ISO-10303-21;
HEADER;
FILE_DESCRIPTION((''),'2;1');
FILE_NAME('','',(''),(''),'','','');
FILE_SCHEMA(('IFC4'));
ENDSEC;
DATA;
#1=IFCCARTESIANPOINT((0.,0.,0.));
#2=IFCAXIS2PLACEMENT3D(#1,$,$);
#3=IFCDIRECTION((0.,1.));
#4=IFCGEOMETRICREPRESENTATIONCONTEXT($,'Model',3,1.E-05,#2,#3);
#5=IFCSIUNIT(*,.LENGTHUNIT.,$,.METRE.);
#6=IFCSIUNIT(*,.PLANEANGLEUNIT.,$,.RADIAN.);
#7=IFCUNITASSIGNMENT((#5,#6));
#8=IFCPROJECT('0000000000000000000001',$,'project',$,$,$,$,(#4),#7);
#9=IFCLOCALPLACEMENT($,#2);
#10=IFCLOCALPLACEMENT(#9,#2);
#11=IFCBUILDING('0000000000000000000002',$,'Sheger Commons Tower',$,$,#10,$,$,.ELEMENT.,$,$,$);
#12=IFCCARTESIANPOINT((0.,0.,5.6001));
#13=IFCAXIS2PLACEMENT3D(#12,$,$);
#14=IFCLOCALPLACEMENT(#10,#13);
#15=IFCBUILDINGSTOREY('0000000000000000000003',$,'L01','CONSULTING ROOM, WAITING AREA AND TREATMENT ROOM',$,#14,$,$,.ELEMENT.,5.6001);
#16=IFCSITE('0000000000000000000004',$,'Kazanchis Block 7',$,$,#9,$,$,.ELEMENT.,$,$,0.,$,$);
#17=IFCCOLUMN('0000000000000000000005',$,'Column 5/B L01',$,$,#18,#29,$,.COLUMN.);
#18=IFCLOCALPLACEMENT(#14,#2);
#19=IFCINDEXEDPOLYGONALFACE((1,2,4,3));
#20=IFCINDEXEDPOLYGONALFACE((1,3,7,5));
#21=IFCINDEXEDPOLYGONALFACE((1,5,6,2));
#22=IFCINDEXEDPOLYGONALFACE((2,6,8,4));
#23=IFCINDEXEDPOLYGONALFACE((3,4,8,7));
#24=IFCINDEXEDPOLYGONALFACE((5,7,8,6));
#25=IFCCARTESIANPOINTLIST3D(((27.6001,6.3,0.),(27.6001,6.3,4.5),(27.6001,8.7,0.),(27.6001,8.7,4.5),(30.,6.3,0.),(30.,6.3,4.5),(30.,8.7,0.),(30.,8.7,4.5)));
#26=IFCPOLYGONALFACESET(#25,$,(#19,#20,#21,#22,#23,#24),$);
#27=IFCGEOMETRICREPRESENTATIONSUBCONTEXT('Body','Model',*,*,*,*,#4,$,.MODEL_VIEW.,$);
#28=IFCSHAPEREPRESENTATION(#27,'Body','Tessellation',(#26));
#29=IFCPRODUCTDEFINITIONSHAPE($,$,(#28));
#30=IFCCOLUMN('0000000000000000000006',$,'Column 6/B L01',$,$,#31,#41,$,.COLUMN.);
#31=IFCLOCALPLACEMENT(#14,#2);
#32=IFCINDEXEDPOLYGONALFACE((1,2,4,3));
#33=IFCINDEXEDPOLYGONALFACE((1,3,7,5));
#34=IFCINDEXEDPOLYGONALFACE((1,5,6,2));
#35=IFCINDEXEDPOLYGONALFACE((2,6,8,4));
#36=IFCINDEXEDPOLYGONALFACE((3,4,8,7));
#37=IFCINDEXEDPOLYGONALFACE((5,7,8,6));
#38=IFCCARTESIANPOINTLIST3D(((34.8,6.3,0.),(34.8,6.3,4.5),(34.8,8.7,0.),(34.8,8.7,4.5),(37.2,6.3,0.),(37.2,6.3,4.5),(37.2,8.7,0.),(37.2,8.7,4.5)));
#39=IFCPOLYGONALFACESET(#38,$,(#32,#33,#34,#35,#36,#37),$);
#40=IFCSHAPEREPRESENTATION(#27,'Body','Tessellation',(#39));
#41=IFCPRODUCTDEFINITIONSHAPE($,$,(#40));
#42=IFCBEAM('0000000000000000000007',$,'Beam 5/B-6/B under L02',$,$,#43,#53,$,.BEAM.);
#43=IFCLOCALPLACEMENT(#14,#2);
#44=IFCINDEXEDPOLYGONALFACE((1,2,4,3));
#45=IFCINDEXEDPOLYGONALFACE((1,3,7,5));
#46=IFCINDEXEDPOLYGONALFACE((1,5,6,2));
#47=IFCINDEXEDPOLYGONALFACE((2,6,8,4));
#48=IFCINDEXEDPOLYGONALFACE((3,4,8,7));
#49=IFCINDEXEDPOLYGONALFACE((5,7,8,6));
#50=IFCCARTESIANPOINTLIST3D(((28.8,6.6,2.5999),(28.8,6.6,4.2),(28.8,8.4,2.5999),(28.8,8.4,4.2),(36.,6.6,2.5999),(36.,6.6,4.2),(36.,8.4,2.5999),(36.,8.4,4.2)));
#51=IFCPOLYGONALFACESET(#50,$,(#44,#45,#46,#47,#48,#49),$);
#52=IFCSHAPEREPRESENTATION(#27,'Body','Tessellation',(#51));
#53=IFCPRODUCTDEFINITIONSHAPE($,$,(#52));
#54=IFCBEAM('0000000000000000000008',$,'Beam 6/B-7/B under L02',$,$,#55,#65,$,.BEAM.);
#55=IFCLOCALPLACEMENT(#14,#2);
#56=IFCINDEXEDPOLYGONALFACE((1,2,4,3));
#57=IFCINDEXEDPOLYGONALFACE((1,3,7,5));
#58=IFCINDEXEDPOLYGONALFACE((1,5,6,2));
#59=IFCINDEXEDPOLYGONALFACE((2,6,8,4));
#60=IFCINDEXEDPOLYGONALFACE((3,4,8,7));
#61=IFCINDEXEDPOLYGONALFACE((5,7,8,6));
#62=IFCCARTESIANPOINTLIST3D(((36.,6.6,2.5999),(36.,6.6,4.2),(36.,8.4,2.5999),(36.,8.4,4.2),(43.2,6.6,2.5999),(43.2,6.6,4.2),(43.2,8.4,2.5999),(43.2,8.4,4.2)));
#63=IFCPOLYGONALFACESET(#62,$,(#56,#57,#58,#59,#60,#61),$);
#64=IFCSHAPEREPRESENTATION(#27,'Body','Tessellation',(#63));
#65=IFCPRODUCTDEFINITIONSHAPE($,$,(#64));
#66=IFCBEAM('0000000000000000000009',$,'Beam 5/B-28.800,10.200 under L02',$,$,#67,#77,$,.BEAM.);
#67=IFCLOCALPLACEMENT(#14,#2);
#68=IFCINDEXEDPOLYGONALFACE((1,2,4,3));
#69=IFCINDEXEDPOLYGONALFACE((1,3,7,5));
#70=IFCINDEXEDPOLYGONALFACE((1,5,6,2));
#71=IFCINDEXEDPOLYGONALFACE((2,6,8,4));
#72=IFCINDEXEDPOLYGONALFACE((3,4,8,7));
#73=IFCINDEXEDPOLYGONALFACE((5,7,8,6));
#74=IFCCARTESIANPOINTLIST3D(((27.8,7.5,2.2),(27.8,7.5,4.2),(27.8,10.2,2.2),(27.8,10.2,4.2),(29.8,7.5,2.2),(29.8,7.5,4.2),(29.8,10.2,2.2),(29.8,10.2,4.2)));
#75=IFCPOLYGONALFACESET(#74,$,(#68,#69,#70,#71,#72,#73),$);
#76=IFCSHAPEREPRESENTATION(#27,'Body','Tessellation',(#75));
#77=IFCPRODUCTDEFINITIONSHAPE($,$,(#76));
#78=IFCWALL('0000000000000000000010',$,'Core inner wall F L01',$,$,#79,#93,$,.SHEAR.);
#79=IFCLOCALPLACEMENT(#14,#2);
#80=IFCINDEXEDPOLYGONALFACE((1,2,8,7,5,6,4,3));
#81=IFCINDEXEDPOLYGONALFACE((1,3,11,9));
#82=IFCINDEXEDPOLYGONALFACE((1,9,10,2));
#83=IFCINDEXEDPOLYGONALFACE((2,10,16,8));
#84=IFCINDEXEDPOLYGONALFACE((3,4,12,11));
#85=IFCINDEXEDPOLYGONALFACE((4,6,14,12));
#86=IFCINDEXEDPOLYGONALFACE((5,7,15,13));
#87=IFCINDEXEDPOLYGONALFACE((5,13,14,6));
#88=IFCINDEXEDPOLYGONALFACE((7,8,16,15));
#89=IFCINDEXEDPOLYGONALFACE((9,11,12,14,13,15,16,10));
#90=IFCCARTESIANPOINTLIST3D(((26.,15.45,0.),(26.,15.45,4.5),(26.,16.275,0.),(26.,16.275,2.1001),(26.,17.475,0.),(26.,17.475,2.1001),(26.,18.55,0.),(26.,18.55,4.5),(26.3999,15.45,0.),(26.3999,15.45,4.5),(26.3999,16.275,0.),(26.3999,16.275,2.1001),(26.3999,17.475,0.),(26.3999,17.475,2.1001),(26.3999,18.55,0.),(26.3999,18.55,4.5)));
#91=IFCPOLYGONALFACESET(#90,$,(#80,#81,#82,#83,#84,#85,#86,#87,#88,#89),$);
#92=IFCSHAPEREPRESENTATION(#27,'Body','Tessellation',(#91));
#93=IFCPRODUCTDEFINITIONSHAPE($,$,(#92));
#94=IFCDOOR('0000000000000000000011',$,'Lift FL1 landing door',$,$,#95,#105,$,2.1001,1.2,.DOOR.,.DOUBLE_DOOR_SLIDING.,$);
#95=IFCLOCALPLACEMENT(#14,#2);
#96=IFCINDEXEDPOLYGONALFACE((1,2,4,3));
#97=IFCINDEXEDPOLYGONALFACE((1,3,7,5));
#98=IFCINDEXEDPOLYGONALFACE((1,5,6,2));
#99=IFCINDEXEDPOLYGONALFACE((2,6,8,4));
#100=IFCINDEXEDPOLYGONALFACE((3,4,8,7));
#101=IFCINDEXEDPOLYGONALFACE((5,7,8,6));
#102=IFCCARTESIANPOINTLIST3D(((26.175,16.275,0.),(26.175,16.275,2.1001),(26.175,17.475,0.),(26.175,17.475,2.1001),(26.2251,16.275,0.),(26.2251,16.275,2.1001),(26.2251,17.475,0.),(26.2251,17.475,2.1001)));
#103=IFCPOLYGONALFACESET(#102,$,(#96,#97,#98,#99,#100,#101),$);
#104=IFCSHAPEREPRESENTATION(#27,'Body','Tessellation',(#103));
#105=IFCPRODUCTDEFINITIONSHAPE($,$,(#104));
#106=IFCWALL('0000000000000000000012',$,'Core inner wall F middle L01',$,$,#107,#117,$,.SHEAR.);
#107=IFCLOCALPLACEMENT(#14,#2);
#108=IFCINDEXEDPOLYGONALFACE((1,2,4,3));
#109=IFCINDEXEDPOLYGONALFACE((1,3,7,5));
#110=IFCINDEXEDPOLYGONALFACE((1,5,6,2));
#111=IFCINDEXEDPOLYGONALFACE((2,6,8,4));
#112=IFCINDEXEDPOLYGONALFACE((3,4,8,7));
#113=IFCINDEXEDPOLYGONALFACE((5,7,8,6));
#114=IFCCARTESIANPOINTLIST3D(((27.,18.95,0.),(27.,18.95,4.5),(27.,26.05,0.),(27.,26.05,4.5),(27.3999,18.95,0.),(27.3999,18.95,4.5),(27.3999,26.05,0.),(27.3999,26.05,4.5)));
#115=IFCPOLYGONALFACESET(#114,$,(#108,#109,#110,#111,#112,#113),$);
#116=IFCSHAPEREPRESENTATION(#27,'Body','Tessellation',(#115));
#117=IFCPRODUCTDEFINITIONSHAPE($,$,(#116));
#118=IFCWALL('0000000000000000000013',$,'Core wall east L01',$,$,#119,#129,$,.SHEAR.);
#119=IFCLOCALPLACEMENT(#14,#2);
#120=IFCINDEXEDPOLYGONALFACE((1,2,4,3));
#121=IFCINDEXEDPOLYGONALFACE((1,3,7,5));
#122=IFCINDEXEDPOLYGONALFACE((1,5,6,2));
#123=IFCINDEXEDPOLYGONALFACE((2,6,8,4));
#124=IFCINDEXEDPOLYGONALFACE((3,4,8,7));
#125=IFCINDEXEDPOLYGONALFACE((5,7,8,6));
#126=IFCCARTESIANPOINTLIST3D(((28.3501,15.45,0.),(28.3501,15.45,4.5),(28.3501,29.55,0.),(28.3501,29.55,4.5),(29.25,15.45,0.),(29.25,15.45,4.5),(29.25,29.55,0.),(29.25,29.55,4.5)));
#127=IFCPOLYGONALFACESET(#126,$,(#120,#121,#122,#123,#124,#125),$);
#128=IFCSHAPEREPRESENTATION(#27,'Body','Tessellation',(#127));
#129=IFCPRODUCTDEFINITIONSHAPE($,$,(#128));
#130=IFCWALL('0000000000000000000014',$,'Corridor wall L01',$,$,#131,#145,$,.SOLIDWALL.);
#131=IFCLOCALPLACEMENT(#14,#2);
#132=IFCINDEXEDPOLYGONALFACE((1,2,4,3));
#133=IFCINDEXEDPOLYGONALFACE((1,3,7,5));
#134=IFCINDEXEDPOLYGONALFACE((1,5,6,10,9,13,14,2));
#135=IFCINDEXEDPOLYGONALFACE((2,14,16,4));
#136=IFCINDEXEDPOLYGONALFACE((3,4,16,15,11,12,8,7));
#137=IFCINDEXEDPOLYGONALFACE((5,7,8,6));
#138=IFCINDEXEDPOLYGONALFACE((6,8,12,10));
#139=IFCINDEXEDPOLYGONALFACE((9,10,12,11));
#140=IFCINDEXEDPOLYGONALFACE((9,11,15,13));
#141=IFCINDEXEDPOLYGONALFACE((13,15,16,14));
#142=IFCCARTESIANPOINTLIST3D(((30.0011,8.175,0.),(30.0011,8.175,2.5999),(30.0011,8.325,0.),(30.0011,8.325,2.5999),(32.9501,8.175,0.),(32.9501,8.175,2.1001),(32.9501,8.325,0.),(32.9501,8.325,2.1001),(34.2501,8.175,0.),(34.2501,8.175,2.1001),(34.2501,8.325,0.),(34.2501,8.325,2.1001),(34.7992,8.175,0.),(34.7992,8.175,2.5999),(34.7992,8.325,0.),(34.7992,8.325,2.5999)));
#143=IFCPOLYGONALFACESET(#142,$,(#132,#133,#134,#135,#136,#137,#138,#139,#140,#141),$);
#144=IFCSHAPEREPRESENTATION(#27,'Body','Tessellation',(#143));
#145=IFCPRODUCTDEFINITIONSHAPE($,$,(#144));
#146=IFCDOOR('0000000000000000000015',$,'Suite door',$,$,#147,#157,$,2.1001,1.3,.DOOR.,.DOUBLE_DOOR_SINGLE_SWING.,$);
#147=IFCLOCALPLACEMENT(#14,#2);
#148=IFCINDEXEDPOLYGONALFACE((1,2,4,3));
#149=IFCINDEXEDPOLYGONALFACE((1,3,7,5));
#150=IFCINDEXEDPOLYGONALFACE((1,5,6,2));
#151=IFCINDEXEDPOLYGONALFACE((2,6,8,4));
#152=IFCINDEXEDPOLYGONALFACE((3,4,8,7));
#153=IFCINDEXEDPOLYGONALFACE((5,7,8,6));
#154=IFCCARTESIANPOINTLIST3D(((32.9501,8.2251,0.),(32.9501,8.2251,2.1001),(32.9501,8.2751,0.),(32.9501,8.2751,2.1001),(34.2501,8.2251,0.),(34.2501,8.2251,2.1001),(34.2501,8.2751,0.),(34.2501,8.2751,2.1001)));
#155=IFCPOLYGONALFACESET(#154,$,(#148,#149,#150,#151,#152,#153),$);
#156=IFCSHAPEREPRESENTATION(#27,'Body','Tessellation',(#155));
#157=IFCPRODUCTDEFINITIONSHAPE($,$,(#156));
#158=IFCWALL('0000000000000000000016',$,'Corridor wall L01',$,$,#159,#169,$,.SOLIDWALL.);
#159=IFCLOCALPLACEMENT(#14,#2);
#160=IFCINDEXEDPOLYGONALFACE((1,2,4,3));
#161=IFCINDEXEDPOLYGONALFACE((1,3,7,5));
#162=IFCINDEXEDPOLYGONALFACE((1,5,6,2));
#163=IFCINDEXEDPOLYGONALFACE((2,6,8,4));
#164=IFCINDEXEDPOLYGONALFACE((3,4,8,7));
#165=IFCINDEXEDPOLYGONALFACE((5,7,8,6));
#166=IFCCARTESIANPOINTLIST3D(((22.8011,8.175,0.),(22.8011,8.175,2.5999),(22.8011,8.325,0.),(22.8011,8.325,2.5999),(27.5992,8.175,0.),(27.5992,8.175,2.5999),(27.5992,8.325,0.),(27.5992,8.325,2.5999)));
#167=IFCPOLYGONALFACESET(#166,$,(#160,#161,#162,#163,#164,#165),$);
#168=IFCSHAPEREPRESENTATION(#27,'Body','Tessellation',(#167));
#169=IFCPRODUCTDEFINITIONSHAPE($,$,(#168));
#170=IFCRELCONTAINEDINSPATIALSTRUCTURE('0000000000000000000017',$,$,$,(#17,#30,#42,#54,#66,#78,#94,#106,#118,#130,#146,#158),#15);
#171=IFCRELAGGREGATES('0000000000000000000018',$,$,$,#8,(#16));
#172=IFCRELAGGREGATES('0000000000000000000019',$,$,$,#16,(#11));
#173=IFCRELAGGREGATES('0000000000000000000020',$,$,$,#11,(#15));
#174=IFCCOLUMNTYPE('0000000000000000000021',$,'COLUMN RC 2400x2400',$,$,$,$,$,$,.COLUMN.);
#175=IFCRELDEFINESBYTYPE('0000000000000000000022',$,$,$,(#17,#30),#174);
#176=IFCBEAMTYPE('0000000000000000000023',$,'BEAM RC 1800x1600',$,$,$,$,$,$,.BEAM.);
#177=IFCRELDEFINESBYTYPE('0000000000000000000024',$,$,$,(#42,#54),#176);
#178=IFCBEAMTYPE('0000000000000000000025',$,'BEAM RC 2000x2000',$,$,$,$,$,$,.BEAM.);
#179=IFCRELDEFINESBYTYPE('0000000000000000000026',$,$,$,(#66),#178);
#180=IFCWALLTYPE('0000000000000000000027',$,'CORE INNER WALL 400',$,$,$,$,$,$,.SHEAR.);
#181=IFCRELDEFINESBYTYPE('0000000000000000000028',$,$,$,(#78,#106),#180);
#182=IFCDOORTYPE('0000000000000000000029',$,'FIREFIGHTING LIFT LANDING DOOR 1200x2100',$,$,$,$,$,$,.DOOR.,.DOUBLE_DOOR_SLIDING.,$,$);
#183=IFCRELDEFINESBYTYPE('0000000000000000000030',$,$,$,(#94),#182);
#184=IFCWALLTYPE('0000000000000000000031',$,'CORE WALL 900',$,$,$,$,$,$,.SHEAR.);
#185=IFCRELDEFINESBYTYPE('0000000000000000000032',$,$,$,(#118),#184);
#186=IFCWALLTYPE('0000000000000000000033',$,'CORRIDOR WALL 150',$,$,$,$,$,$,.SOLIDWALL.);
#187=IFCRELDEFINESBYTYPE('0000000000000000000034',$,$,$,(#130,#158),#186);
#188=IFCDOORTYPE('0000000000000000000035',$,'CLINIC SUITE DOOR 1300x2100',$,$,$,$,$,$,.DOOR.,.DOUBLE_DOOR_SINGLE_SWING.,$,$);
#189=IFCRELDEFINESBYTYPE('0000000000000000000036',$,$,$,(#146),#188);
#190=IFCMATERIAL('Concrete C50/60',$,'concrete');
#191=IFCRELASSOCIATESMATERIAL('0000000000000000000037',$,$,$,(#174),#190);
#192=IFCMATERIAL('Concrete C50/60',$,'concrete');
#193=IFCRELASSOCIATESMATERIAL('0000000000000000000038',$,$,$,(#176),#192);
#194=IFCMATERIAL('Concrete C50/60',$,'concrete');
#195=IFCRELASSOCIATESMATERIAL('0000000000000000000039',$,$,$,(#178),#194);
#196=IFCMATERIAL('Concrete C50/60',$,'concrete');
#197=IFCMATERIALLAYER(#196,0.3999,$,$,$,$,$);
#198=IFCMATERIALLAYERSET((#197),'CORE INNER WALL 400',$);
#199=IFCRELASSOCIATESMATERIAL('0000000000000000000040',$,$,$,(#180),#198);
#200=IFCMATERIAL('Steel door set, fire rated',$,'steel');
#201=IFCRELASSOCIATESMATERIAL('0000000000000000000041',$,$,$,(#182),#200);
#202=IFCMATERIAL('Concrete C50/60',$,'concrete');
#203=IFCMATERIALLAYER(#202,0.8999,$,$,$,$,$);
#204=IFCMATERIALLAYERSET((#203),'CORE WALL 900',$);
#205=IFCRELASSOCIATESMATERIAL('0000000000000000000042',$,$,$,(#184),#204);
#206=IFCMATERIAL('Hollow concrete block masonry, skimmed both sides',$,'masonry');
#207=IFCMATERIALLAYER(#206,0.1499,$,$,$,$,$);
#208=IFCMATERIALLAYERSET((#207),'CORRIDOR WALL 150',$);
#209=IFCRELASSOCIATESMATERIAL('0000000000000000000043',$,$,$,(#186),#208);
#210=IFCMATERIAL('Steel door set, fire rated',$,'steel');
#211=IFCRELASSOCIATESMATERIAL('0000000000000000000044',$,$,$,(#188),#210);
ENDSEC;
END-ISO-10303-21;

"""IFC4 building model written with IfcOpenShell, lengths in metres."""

from ifc_helpers import new_model, si_unit, direction, frame, frame_2d, origin, origin_2d, place, context, subcontext, project, spatial, rectangle, extrude, material, layer, layer_set, material_profile, profile_set, type_object, element, fill, save


model = new_model("IFC4")

# Units and contexts
model_context = context("Model", 3, precision=1e-05, world=origin(), true_north=direction((0.0, 1.0)))
body_context = subcontext(model_context, "Body", "Model", "MODEL_VIEW")
ifc_project = project(units=[si_unit("LENGTHUNIT", "METRE"), si_unit("PLANEANGLEUNIT", "RADIAN")], contexts=[model_context])

# Site, building, storey
site_placement = place(None, origin())
site = spatial("IfcSite", under=ifc_project, at=site_placement, Name="Kazanchis Block 7", CompositionType="ELEMENT", RefElevation=0.0)
building_placement = place(site_placement, origin())
building = spatial("IfcBuilding", under=site, at=building_placement, Name="Sheger Commons Tower", CompositionType="ELEMENT")
storey_placement = place(building_placement, frame((0.0, 0.0, 5.6001)))
storey = spatial("IfcBuildingStorey", under=building, at=storey_placement, Name="L01", Description="CONSULTING ROOM, WAITING AREA AND TREATMENT ROOM", CompositionType="ELEMENT", Elevation=5.6001)

# Columns
ifc_material_1 = material(Name="Concrete C50/60", Category="concrete")
ifc_material_profile_1 = material_profile(ifc_material_1, rectangle(XDim=2.3999, YDim=2.3999, at=origin_2d()), Name="RC 2400x2400")
ifc_profile_set_1 = profile_set([ifc_material_profile_1], Name="Concrete C50/60")
column_type = type_object("IfcColumnType", Name="COLUMN RC 2400x2400", PredefinedType="COLUMN", material=ifc_profile_set_1)
for number, where, z_axis, x_axis, name in (
    (1, (28.8, 7.5, 0.0), (0.0, 0.0, 1.0), (1.0, 0.0, 0.0), "Column 5/B L01"),
    (2, (36.0, 7.5, 0.0), (0.0, 0.0, 1.0), (1.0, 0.0, 0.0), "Column 6/B L01"),
):
    element("IfcColumn", number, at=place(storey_placement, frame(where, z_axis=z_axis, x_axis=x_axis)), inside=storey, type_object=column_type, Name=name, PredefinedType="COLUMN", context=body_context, shape_type="SweptSolid", body=[
        extrude(rectangle(XDim=2.3999, YDim=2.3999, at=origin_2d()), origin(), (0.0, 0.0, 1.0), 4.5),
    ])

# Beams
ifc_material_2 = material(Name="Concrete C50/60", Category="concrete")
ifc_material_profile_2 = material_profile(ifc_material_2, rectangle(XDim=1.8, YDim=1.6001, at=origin_2d()), Name="RC 1800x1600")
ifc_profile_set_2 = profile_set([ifc_material_profile_2], Name="Concrete C50/60")
beam_type_1 = type_object("IfcBeamType", Name="BEAM RC 1800x1600", PredefinedType="BEAM", material=ifc_profile_set_2)
for number, where, z_axis, x_axis, name in (
    (3, (28.8, 7.5, 3.3999), (1.0, 0.0, 0.0), (0.0, 1.0, 0.0), "Beam 5/B-6/B under L02"),
    (4, (36.0, 7.5, 3.3999), (1.0, 0.0, 0.0), (0.0, 1.0, 0.0), "Beam 6/B-7/B under L02"),
):
    element("IfcBeam", number, at=place(storey_placement, frame(where, z_axis=z_axis, x_axis=x_axis)), inside=storey, type_object=beam_type_1, Name=name, PredefinedType="BEAM", context=body_context, shape_type="SweptSolid", body=[
        extrude(rectangle(XDim=1.8, YDim=1.6001, at=origin_2d()), origin(), (0.0, 0.0, 1.0), 7.2),
    ])
ifc_material_3 = material(Name="Concrete C50/60", Category="concrete")
ifc_material_profile_3 = material_profile(ifc_material_3, rectangle(XDim=2.0, YDim=2.0, at=origin_2d()), Name="RC 2000x2000")
ifc_profile_set_3 = profile_set([ifc_material_profile_3], Name="Concrete C50/60")
beam_type_2 = type_object("IfcBeamType", Name="BEAM RC 2000x2000", PredefinedType="BEAM", material=ifc_profile_set_3)
beam_placement = place(storey_placement, frame((28.8, 7.5, 3.2), z_axis=(0.0, 1.0, 0.0), x_axis=(-1.0, 0.0, 0.0)))
element("IfcBeam", 5, at=beam_placement, inside=storey, type_object=beam_type_2, Name="Beam 5/B-28.800,10.200 under L02", PredefinedType="BEAM", context=body_context, shape_type="SweptSolid", body=[
    extrude(rectangle(XDim=2.0, YDim=2.0, at=origin_2d()), origin(), (0.0, 0.0, 1.0), 2.7),
])

# Wall, opening, door
ifc_material_4 = material(Name="Concrete C50/60", Category="concrete")
ifc_layer_1 = layer(ifc_material_4, 0.3999)
ifc_layer_set_1 = layer_set([ifc_layer_1], Name="CORE INNER WALL 400")
wall_type_1 = type_object("IfcWallType", Name="CORE INNER WALL 400", PredefinedType="SHEAR", material=ifc_layer_set_1)
wall_1_placement = place(storey_placement, frame((26.2, 15.45, 0.0), z_axis=(0.0, 0.0, 1.0), x_axis=(0.0, 1.0, 0.0)))
wall_1 = element("IfcWall", 6, at=wall_1_placement, inside=storey, type_object=wall_type_1, Name="Core inner wall F L01", PredefinedType="SHEAR", context=body_context, shape_type="SweptSolid", body=[
    extrude(rectangle(XDim=3.1001, YDim=0.3999, at=frame_2d((1.55, 0.0))), origin(), (0.0, 0.0, 1.0), 4.5),
])
opening_1_placement = place(wall_1_placement, frame((0.825, 0.0, 0.0)))
opening_1 = element("IfcOpeningElement", 7, at=opening_1_placement, cuts=wall_1, PredefinedType="OPENING", context=body_context, shape_type="SweptSolid", body=[
    extrude(rectangle(XDim=1.2, YDim=2.1001, at=frame_2d((0.6001, 1.05))), frame((0.0, 0.21, 0.0), z_axis=(0.0, -1.0, 0.0), x_axis=(1.0, 0.0, 0.0)), (0.0, 0.0, 1.0), 0.4199),
])
ifc_material_5 = material(Name="Steel door set, fire rated", Category="steel")
door_type_1 = type_object("IfcDoorType", Name="FIREFIGHTING LIFT LANDING DOOR 1200x2100", OperationType="DOUBLE_DOOR_SLIDING", PredefinedType="DOOR", material=ifc_material_5)
door_1_placement = place(opening_1_placement, origin())
door_1 = element("IfcDoor", 8, at=door_1_placement, inside=storey, type_object=door_type_1, Name="Lift FL1 landing door", OperationType="DOUBLE_DOOR_SLIDING", OverallHeight=2.1001, OverallWidth=1.2, PredefinedType="DOOR", context=body_context, shape_type="SweptSolid", body=[
    extrude(rectangle(XDim=1.2, YDim=2.1001, at=frame_2d((0.6001, 1.05))), frame((0.0, 0.0249, 0.0), z_axis=(0.0, -1.0, 0.0), x_axis=(1.0, 0.0, 0.0)), (0.0, 0.0, 1.0), 0.05),
])
fill(opening_1, door_1)

# Walls
wall_2_placement = place(storey_placement, frame((27.2, 18.95, 0.0), z_axis=(0.0, 0.0, 1.0), x_axis=(0.0, 1.0, 0.0)))
element("IfcWall", 9, at=wall_2_placement, inside=storey, type_object=wall_type_1, Name="Core inner wall F middle L01", PredefinedType="SHEAR", context=body_context, shape_type="SweptSolid", body=[
    extrude(rectangle(XDim=7.1001, YDim=0.3999, at=frame_2d((3.55, 0.0))), origin(), (0.0, 0.0, 1.0), 4.5),
])
ifc_material_6 = material(Name="Concrete C50/60", Category="concrete")
ifc_layer_2 = layer(ifc_material_6, 0.8999)
ifc_layer_set_2 = layer_set([ifc_layer_2], Name="CORE WALL 900")
wall_type_2 = type_object("IfcWallType", Name="CORE WALL 900", PredefinedType="SHEAR", material=ifc_layer_set_2)
wall_3_placement = place(storey_placement, frame((28.8, 15.45, 0.0), z_axis=(0.0, 0.0, 1.0), x_axis=(0.0, 1.0, 0.0)))
element("IfcWall", 10, at=wall_3_placement, inside=storey, type_object=wall_type_2, Name="Core wall east L01", PredefinedType="SHEAR", context=body_context, shape_type="SweptSolid", body=[
    extrude(rectangle(XDim=14.1001, YDim=0.8999, at=frame_2d((7.05, 0.0))), origin(), (0.0, 0.0, 1.0), 4.5),
])

# Wall, opening, door
ifc_material_7 = material(Name="Hollow concrete block masonry, skimmed both sides", Category="masonry")
ifc_layer_3 = layer(ifc_material_7, 0.1499)
ifc_layer_set_3 = layer_set([ifc_layer_3], Name="CORRIDOR WALL 150")
wall_type_3 = type_object("IfcWallType", Name="CORRIDOR WALL 150", PredefinedType="SOLIDWALL", material=ifc_layer_set_3)
wall_4_placement = place(storey_placement, frame((34.7991, 8.25, 0.0), z_axis=(0.0, 0.0, 1.0), x_axis=(-1.0, 0.0, 0.0)))
wall_4 = element("IfcWall", 11, at=wall_4_placement, inside=storey, type_object=wall_type_3, Name="Corridor wall L01", PredefinedType="SOLIDWALL", context=body_context, shape_type="SweptSolid", body=[
    extrude(rectangle(XDim=4.7981, YDim=0.1499, at=frame_2d((2.3989, 0.0))), origin(), (0.0, 0.0, 1.0), 2.5999),
])
opening_2_placement = place(wall_4_placement, frame((0.5491, 0.0, 0.0)))
opening_2 = element("IfcOpeningElement", 12, at=opening_2_placement, cuts=wall_4, PredefinedType="OPENING", context=body_context, shape_type="SweptSolid", body=[
    extrude(rectangle(XDim=1.3, YDim=2.1001, at=frame_2d((0.6499, 1.05))), frame((0.0, 0.085, 0.0), z_axis=(0.0, -1.0, 0.0), x_axis=(1.0, 0.0, 0.0)), (0.0, 0.0, 1.0), 0.1699),
])
ifc_material_8 = material(Name="Steel door set, fire rated", Category="steel")
door_type_2 = type_object("IfcDoorType", Name="CLINIC SUITE DOOR 1300x2100", OperationType="DOUBLE_DOOR_SINGLE_SWING", PredefinedType="DOOR", material=ifc_material_8)
door_2_placement = place(opening_2_placement, origin())
door_2 = element("IfcDoor", 13, at=door_2_placement, inside=storey, type_object=door_type_2, Name="Suite door", OperationType="DOUBLE_DOOR_SINGLE_SWING", OverallHeight=2.1001, OverallWidth=1.3, PredefinedType="DOOR", context=body_context, shape_type="SweptSolid", body=[
    extrude(rectangle(XDim=1.3, YDim=2.1001, at=frame_2d((0.6499, 1.05))), frame((0.0, 0.0249, 0.0), z_axis=(0.0, -1.0, 0.0), x_axis=(1.0, 0.0, 0.0)), (0.0, 0.0, 1.0), 0.05),
])
fill(opening_2, door_2)

# Wall
wall_5_placement = place(storey_placement, frame((27.5991, 8.25, 0.0), z_axis=(0.0, 0.0, 1.0), x_axis=(-1.0, 0.0, 0.0)))
element("IfcWall", 14, at=wall_5_placement, inside=storey, type_object=wall_type_3, Name="Corridor wall L01", PredefinedType="SOLIDWALL", context=body_context, shape_type="SweptSolid", body=[
    extrude(rectangle(XDim=4.7981, YDim=0.1499, at=frame_2d((2.3989, 0.0))), origin(), (0.0, 0.0, 1.0), 2.5999),
])

save(model, "model.ifc")
